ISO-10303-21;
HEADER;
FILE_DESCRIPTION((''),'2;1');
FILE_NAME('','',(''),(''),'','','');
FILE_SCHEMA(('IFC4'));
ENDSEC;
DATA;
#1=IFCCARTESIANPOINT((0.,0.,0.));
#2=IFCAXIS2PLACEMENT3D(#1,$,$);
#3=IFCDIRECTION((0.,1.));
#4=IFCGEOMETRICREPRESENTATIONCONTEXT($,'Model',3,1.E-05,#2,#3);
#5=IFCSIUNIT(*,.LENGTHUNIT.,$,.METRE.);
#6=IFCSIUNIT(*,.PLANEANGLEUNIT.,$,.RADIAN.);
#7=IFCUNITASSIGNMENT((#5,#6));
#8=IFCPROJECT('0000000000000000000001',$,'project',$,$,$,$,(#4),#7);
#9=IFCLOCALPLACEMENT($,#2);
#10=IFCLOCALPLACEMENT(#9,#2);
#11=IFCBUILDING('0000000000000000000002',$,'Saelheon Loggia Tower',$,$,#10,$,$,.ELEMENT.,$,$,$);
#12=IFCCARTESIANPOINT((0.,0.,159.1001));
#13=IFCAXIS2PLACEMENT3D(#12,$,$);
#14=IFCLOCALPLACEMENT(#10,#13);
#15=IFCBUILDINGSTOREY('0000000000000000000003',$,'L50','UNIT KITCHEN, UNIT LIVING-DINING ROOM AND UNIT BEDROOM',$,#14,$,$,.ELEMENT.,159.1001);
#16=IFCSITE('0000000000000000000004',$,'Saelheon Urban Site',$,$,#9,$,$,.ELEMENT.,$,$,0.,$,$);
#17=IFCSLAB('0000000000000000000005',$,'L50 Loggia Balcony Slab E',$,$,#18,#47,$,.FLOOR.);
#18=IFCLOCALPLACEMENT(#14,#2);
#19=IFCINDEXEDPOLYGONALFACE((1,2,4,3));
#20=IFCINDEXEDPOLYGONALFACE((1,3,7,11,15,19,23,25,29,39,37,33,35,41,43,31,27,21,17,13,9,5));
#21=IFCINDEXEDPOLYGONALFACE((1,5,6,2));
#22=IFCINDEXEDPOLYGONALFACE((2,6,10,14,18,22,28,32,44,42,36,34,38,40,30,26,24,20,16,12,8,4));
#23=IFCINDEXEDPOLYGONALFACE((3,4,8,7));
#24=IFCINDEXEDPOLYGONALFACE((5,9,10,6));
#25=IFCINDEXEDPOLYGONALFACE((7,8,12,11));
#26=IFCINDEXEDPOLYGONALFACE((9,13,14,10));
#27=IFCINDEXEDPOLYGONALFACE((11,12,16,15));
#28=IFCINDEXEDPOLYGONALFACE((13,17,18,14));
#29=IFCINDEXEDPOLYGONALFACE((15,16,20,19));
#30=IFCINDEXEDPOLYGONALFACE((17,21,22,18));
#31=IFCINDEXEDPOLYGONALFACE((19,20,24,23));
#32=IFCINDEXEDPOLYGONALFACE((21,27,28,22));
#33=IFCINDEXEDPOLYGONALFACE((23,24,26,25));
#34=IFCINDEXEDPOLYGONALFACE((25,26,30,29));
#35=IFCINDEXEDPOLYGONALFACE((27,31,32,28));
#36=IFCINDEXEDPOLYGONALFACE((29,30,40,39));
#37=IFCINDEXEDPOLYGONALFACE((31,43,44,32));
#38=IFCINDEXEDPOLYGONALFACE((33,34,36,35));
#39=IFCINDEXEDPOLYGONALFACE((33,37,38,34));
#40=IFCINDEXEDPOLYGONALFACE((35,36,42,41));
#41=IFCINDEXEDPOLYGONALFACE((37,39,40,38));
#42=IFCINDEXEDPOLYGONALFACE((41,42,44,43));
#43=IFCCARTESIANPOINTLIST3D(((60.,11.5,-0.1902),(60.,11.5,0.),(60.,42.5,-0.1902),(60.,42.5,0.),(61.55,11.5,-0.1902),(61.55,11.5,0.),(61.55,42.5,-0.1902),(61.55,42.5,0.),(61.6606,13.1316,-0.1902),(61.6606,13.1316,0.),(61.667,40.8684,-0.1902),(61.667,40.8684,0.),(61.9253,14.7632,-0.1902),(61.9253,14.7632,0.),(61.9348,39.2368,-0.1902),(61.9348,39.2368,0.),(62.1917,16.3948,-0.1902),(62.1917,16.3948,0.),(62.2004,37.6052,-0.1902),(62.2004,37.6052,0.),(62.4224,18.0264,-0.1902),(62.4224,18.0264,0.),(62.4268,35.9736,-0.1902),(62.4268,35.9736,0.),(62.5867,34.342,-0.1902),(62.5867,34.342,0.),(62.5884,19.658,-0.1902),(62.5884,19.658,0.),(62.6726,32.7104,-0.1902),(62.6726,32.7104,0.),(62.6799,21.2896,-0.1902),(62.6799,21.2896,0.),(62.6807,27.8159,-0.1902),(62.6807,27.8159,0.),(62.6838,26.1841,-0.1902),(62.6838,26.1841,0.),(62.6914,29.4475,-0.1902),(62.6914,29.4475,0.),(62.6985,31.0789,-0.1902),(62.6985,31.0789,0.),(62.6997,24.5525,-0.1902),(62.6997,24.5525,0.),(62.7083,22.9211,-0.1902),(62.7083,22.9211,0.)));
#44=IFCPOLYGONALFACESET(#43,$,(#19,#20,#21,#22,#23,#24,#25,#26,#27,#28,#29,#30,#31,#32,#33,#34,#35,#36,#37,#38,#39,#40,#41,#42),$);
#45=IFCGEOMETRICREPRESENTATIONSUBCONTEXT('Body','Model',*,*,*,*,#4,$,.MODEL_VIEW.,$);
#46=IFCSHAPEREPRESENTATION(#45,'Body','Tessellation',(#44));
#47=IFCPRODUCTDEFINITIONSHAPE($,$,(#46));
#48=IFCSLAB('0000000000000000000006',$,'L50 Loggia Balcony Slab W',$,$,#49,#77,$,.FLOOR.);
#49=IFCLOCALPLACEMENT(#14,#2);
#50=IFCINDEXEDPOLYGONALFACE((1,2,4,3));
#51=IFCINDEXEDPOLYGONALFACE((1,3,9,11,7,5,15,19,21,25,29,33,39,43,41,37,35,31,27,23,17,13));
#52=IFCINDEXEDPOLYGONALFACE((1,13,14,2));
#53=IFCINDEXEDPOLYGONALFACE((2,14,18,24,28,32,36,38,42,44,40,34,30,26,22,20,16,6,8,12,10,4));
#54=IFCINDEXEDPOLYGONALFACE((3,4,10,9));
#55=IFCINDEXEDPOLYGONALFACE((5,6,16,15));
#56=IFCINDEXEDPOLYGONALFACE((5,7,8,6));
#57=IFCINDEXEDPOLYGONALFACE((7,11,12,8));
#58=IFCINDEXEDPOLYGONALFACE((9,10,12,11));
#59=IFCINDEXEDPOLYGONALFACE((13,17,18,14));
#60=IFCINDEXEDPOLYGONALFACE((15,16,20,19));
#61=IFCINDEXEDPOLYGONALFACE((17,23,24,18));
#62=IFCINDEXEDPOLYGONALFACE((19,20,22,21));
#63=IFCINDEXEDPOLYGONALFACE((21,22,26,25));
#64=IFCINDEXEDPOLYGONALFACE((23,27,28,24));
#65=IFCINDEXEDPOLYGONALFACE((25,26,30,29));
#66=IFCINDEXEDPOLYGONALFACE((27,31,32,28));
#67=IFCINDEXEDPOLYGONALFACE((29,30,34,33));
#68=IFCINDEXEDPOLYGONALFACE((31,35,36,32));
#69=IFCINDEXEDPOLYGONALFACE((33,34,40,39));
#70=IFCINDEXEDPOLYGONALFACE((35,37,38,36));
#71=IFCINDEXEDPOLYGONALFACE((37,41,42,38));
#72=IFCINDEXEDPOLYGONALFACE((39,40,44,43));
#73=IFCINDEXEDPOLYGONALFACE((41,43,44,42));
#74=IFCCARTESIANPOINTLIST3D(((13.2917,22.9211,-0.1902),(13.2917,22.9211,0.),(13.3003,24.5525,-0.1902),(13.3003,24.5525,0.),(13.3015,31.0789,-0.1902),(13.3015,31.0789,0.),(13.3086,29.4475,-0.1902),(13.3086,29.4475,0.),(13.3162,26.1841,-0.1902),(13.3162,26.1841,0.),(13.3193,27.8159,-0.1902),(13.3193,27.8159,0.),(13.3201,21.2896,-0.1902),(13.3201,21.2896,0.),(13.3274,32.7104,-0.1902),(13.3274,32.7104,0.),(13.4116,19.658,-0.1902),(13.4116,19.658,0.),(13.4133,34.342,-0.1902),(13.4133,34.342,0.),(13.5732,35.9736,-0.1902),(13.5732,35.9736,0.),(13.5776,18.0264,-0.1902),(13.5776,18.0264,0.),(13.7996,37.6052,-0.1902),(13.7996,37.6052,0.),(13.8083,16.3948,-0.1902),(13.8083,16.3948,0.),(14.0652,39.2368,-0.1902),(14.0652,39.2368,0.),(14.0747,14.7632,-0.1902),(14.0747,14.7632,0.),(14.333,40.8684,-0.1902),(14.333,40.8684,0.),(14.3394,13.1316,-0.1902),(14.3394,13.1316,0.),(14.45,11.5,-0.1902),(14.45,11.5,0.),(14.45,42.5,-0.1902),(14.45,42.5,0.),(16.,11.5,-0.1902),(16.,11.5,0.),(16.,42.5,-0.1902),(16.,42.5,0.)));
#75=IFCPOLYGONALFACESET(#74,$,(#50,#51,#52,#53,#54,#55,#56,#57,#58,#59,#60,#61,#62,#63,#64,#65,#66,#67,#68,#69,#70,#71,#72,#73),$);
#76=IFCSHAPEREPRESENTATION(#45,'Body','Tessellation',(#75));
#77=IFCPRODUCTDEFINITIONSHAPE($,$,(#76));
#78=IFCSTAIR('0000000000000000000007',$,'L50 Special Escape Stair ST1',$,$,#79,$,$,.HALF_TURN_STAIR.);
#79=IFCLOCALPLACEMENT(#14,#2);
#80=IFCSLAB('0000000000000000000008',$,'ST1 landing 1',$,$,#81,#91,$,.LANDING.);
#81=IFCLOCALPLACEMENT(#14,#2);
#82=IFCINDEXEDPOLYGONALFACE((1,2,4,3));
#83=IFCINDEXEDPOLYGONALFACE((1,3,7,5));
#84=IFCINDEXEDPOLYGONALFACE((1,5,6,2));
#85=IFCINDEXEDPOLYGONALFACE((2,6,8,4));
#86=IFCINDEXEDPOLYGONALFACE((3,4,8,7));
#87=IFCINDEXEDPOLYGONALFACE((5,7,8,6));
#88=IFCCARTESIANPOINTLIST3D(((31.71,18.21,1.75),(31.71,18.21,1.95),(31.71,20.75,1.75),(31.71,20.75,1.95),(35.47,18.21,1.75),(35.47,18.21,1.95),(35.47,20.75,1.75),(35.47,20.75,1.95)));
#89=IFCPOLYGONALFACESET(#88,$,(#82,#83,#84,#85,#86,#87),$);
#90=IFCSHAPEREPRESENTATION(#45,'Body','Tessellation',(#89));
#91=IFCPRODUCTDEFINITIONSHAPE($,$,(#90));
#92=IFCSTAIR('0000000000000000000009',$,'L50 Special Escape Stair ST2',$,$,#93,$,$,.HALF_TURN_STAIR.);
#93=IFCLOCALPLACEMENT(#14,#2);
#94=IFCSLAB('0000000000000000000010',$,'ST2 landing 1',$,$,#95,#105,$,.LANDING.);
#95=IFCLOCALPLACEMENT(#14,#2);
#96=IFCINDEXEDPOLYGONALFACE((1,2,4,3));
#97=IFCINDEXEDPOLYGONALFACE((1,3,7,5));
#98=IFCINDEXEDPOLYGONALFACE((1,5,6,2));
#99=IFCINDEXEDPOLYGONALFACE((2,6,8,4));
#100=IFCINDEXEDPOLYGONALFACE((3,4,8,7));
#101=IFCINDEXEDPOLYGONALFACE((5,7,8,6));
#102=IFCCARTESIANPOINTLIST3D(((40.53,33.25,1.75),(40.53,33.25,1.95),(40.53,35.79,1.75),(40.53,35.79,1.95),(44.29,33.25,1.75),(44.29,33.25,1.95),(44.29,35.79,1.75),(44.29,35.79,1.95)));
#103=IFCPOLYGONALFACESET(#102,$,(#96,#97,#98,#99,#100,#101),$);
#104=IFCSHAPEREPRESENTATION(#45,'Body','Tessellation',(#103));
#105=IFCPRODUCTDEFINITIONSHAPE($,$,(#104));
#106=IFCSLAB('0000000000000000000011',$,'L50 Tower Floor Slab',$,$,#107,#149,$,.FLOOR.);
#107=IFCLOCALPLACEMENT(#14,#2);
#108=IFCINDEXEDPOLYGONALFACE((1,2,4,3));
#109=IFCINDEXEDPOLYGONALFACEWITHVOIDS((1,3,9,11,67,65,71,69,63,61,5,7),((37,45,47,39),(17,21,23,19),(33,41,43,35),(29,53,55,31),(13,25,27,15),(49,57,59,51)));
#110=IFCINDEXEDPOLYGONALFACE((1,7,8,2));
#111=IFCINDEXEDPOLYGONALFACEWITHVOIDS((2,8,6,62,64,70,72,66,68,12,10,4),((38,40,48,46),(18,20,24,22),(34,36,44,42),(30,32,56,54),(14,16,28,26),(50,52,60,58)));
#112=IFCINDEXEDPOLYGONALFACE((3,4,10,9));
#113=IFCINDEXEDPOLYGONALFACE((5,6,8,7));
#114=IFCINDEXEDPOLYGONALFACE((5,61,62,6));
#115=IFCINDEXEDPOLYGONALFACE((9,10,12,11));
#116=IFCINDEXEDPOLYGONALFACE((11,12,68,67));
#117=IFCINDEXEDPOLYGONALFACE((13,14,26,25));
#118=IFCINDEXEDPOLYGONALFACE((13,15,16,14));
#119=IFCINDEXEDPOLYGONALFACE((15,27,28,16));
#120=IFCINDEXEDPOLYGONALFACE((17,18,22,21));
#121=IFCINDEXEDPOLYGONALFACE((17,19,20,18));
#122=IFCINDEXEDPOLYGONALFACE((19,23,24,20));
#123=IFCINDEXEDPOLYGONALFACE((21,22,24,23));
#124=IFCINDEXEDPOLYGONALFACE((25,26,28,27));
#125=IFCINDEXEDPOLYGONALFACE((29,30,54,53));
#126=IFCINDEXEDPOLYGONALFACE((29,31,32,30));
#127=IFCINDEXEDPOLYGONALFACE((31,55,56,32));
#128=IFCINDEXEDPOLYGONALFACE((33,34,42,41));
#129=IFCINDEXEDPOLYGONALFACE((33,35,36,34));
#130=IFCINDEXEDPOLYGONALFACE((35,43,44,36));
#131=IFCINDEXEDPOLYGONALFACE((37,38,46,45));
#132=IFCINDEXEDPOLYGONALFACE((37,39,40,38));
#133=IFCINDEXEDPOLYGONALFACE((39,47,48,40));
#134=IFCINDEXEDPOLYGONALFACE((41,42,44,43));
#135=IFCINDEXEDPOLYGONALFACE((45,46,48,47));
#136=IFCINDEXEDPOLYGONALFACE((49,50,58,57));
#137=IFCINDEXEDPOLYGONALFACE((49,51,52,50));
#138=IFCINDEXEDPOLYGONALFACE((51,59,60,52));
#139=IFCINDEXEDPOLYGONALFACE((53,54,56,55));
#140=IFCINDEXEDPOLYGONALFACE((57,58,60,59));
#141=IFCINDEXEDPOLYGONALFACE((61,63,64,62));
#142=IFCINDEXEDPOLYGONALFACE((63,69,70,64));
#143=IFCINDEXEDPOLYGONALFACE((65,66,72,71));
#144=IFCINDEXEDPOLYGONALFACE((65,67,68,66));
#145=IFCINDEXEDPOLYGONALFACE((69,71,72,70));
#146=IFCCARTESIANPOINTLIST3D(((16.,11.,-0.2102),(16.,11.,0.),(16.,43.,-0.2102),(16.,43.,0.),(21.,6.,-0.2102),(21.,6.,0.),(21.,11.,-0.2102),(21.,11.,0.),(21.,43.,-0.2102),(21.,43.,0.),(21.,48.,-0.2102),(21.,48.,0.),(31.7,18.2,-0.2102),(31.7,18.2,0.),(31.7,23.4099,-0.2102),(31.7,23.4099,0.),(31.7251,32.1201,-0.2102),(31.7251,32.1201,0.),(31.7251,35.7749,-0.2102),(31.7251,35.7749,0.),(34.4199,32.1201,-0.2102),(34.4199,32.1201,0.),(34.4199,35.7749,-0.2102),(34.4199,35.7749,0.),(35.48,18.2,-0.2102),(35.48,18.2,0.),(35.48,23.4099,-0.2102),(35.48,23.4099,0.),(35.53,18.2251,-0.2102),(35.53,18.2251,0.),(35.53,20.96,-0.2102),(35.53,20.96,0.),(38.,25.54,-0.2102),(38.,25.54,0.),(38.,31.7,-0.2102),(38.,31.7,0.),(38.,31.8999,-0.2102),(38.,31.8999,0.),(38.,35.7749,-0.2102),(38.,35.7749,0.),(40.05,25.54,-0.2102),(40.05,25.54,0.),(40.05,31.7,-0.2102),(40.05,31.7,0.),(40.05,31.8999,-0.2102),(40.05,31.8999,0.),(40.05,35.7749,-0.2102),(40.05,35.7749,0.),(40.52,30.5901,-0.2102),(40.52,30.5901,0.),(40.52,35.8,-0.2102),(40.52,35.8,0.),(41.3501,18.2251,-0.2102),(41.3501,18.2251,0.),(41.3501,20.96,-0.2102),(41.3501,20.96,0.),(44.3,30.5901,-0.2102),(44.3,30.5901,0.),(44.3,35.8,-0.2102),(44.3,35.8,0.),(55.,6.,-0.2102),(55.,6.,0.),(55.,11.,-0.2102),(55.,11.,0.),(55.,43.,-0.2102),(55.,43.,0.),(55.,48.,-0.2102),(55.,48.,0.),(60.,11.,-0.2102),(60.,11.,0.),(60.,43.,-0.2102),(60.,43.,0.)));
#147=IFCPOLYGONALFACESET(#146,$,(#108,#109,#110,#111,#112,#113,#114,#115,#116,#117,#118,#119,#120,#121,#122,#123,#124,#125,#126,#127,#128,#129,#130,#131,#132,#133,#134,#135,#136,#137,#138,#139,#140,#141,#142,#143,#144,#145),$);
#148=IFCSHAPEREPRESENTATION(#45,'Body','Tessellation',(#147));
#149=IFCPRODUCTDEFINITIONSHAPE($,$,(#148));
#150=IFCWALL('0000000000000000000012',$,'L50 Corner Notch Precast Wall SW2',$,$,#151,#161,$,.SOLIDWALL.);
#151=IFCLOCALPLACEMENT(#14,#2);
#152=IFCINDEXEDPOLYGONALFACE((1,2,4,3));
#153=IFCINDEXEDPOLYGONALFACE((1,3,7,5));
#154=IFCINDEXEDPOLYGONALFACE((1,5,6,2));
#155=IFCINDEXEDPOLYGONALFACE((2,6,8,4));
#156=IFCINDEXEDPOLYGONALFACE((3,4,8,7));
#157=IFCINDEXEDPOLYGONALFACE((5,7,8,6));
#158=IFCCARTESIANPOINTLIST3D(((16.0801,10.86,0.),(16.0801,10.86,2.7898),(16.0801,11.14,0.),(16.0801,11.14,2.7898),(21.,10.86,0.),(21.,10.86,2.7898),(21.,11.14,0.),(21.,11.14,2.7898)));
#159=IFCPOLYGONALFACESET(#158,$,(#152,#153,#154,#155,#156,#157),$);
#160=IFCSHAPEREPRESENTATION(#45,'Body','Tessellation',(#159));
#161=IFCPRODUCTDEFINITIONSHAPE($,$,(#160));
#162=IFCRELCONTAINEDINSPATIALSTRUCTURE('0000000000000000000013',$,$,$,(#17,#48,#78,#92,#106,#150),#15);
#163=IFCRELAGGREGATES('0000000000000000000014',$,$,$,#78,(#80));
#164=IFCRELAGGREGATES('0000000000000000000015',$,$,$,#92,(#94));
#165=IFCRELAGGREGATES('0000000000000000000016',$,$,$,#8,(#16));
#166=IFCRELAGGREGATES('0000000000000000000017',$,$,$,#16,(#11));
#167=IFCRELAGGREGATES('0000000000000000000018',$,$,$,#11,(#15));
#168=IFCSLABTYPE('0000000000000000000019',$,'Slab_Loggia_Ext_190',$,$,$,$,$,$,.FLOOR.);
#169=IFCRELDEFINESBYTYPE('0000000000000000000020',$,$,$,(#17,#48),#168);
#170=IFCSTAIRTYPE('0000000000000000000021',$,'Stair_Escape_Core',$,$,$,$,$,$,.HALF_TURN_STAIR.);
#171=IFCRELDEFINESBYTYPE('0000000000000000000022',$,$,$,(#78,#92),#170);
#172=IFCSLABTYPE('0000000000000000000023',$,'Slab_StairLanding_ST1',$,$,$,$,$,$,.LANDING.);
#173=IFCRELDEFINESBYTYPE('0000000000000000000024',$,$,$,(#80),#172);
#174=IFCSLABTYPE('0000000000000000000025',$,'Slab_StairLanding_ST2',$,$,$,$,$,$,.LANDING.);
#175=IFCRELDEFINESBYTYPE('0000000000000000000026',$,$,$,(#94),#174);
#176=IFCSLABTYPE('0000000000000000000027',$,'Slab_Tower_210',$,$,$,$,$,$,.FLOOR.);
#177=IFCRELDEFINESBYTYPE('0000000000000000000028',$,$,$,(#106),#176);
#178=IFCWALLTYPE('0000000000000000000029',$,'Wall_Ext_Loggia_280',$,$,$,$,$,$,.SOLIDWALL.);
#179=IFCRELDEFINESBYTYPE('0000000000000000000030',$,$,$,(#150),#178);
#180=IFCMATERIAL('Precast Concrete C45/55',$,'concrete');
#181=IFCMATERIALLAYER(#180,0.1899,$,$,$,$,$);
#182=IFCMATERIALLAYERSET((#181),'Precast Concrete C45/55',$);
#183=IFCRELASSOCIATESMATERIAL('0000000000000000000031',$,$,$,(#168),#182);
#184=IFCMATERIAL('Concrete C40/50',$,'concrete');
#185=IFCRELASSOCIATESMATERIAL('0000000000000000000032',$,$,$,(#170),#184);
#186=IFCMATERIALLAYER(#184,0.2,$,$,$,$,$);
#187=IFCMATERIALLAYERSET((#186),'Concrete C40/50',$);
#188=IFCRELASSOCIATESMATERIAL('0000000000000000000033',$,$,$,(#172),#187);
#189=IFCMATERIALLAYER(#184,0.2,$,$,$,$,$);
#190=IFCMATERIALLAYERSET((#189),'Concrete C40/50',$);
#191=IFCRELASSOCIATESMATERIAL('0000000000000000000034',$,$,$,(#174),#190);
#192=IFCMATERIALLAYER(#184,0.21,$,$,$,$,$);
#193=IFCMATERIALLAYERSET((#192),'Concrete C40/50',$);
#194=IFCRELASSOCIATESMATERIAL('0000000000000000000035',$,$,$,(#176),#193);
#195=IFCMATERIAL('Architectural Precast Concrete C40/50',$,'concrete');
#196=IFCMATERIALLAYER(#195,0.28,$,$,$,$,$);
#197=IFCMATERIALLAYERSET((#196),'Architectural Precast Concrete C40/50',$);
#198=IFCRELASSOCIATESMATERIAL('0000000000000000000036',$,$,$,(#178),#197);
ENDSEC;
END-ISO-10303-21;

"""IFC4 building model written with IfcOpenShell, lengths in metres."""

from ifc_helpers import new_model, si_unit, direction, frame, frame_2d, origin, place, context, subcontext, project, spatial, polyline, rectangle, outline, extrude, material, layer, layer_set, type_object, element, aggregate, save


model = new_model("IFC4")

# Units and contexts
model_context = context("Model", 3, precision=1e-05, world=origin(), true_north=direction((0.0, 1.0)))
body_context = subcontext(model_context, "Body", "Model", "MODEL_VIEW")
ifc_project = project(units=[si_unit("LENGTHUNIT", "METRE"), si_unit("PLANEANGLEUNIT", "RADIAN")], contexts=[model_context])

# Site, building, storey
site_placement = place(None, origin())
site = spatial("IfcSite", under=ifc_project, at=site_placement, Name="Saelheon Urban Site", CompositionType="ELEMENT", RefElevation=0.0)
building_placement = place(site_placement, origin())
building = spatial("IfcBuilding", under=site, at=building_placement, Name="Saelheon Loggia Tower", CompositionType="ELEMENT")
storey_placement = place(building_placement, frame((0.0, 0.0, 159.1001)))
storey = spatial("IfcBuildingStorey", under=building, at=storey_placement, Name="L50", Description="UNIT KITCHEN, UNIT LIVING-DINING ROOM AND UNIT BEDROOM", CompositionType="ELEMENT", Elevation=159.1001)

# Shared definitions
ifc_material_1 = material(Name="Precast Concrete C45/55", Category="concrete")

# Slabs
ifc_layer_1 = layer(ifc_material_1, 0.1899)
ifc_layer_set_1 = layer_set([ifc_layer_1], Name="Precast Concrete C45/55")
slab_type_1 = type_object("IfcSlabType", Name="Slab_Loggia_Ext_190", PredefinedType="FLOOR", material=ifc_layer_set_1)
slab_1_placement = place(storey_placement, frame((0.0, 0.0, -0.1902)))
element("IfcSlab", 1, at=slab_1_placement, inside=storey, type_object=slab_type_1, Name="L50 Loggia Balcony Slab E", PredefinedType="FLOOR", context=body_context, shape_type="SweptSolid", body=[
    extrude(outline(polyline([(60.0, 11.5), (61.55, 11.5), (61.6606, 13.1316), (61.9253, 14.7632), (62.1917, 16.3948), (62.4224, 18.0264), (62.5884, 19.658), (62.6799, 21.2896), (62.7083, 22.9211), (62.6997, 24.5525), (62.6838, 26.1841), (62.6807, 27.8159), (62.6914, 29.4475), (62.6985, 31.0789), (62.6726, 32.7104), (62.5867, 34.342), (62.4268, 35.9736), (62.2004, 37.6052), (61.9348, 39.2368), (61.667, 40.8684), (61.55, 42.5), (60.0, 42.5), (60.0, 11.5)])), origin(), (0.0, 0.0, 1.0), 0.1902),
])
slab_2_placement = place(storey_placement, frame((0.0, 0.0, -0.1902)))
element("IfcSlab", 2, at=slab_2_placement, inside=storey, type_object=slab_type_1, Name="L50 Loggia Balcony Slab W", PredefinedType="FLOOR", context=body_context, shape_type="SweptSolid", body=[
    extrude(outline(polyline([(16.0, 11.5), (16.0, 42.5), (14.45, 42.5), (14.333, 40.8684), (14.0652, 39.2368), (13.7996, 37.6052), (13.5732, 35.9736), (13.4133, 34.342), (13.3274, 32.7104), (13.3015, 31.0789), (13.3086, 29.4475), (13.3193, 27.8159), (13.3162, 26.1841), (13.3003, 24.5525), (13.2917, 22.9211), (13.3201, 21.2896), (13.4116, 19.658), (13.5776, 18.0264), (13.8083, 16.3948), (14.0747, 14.7632), (14.3394, 13.1316), (14.45, 11.5), (16.0, 11.5)])), origin(), (0.0, 0.0, 1.0), 0.1902),
])

# Stairs, slabs
ifc_material_2 = material(Name="Concrete C40/50", Category="concrete")
stair_type = type_object("IfcStairType", Name="Stair_Escape_Core", PredefinedType="HALF_TURN_STAIR", material=ifc_material_2)
stair_1_placement = place(storey_placement, origin())
stair_1 = element("IfcStair", 3, at=stair_1_placement, inside=storey, type_object=stair_type, Name="L50 Special Escape Stair ST1", PredefinedType="HALF_TURN_STAIR")
ifc_layer_2 = layer(ifc_material_2, 0.2)
ifc_layer_set_2 = layer_set([ifc_layer_2], Name="Concrete C40/50")
slab_type_2 = type_object("IfcSlabType", Name="Slab_StairLanding_ST1", PredefinedType="LANDING", material=ifc_layer_set_2)
slab_3_placement = place(storey_placement, frame((0.0, 0.0, 1.75)))
slab_3 = element("IfcSlab", 4, at=slab_3_placement, type_object=slab_type_2, Name="ST1 landing 1", PredefinedType="LANDING", context=body_context, shape_type="SweptSolid", body=[
    extrude(outline(polyline([(31.71, 20.75), (31.71, 18.21), (35.47, 18.21), (35.47, 20.75), (31.71, 20.75)])), origin(), (0.0, 0.0, 1.0), 0.2),
])
aggregate(stair_1, [slab_3])
stair_2_placement = place(storey_placement, origin())
stair_2 = element("IfcStair", 5, at=stair_2_placement, inside=storey, type_object=stair_type, Name="L50 Special Escape Stair ST2", PredefinedType="HALF_TURN_STAIR")
ifc_layer_3 = layer(ifc_material_2, 0.2)
ifc_layer_set_3 = layer_set([ifc_layer_3], Name="Concrete C40/50")
slab_type_3 = type_object("IfcSlabType", Name="Slab_StairLanding_ST2", PredefinedType="LANDING", material=ifc_layer_set_3)
slab_4_placement = place(storey_placement, frame((0.0, 0.0, 1.75)))
slab_4 = element("IfcSlab", 6, at=slab_4_placement, type_object=slab_type_3, Name="ST2 landing 1", PredefinedType="LANDING", context=body_context, shape_type="SweptSolid", body=[
    extrude(outline(polyline([(44.29, 33.25), (44.29, 35.79), (40.53, 35.79), (40.53, 33.25), (44.29, 33.25)])), origin(), (0.0, 0.0, 1.0), 0.2),
])
aggregate(stair_2, [slab_4])

# Slab
ifc_layer_4 = layer(ifc_material_2, 0.21)
ifc_layer_set_4 = layer_set([ifc_layer_4], Name="Concrete C40/50")
slab_type_4 = type_object("IfcSlabType", Name="Slab_Tower_210", PredefinedType="FLOOR", material=ifc_layer_set_4)
slab_5_placement = place(storey_placement, frame((0.0, 0.0, -0.2102)))
element("IfcSlab", 7, at=slab_5_placement, inside=storey, type_object=slab_type_4, Name="L50 Tower Floor Slab", PredefinedType="FLOOR", context=body_context, shape_type="SweptSolid", body=[
    extrude(outline(polyline([(21.0, 6.0), (55.0, 6.0), (55.0, 11.0), (60.0, 11.0), (60.0, 43.0), (55.0, 43.0), (55.0, 48.0), (21.0, 48.0), (21.0, 43.0), (16.0, 43.0), (16.0, 11.0), (21.0, 11.0), (21.0, 6.0)]), holes=[polyline([(31.7, 23.4099), (31.7, 18.2), (35.48, 18.2), (35.48, 23.4099), (31.7, 23.4099)]), polyline([(44.3, 30.5901), (44.3, 35.8), (40.52, 35.8), (40.52, 30.5901), (44.3, 30.5901)]), polyline([(35.53, 18.2251), (41.3501, 18.2251), (41.3501, 20.96), (35.53, 20.96), (35.53, 18.2251)]), polyline([(31.7251, 32.1201), (34.4199, 32.1201), (34.4199, 35.7749), (31.7251, 35.7749), (31.7251, 32.1201)]), polyline([(38.0, 31.8999), (40.05, 31.8999), (40.05, 35.7749), (38.0, 35.7749), (38.0, 31.8999)]), polyline([(38.0, 25.54), (40.05, 25.54), (40.05, 31.7), (38.0, 31.7), (38.0, 25.54)])]), origin(), (0.0, 0.0, 1.0), 0.2102),
])

# Wall
ifc_material_3 = material(Name="Architectural Precast Concrete C40/50", Category="concrete")
ifc_layer_5 = layer(ifc_material_3, 0.28)
ifc_layer_set_5 = layer_set([ifc_layer_5], Name="Architectural Precast Concrete C40/50")
wall_type = type_object("IfcWallType", Name="Wall_Ext_Loggia_280", PredefinedType="SOLIDWALL", material=ifc_layer_set_5)
wall_placement = place(storey_placement, frame((16.0801, 11.0, 0.0), z_axis=(0.0, 0.0, 1.0), x_axis=(1.0, 0.0, 0.0)))
element("IfcWall", 8, at=wall_placement, inside=storey, type_object=wall_type, Name="L50 Corner Notch Precast Wall SW2", PredefinedType="SOLIDWALL", context=body_context, shape_type="SweptSolid", body=[
    extrude(rectangle(XDim=4.9199, YDim=0.28, at=frame_2d((2.46, 0.0))), origin(), (0.0, 0.0, 1.0), 2.7898),
])

save(model, "model.ifc")
